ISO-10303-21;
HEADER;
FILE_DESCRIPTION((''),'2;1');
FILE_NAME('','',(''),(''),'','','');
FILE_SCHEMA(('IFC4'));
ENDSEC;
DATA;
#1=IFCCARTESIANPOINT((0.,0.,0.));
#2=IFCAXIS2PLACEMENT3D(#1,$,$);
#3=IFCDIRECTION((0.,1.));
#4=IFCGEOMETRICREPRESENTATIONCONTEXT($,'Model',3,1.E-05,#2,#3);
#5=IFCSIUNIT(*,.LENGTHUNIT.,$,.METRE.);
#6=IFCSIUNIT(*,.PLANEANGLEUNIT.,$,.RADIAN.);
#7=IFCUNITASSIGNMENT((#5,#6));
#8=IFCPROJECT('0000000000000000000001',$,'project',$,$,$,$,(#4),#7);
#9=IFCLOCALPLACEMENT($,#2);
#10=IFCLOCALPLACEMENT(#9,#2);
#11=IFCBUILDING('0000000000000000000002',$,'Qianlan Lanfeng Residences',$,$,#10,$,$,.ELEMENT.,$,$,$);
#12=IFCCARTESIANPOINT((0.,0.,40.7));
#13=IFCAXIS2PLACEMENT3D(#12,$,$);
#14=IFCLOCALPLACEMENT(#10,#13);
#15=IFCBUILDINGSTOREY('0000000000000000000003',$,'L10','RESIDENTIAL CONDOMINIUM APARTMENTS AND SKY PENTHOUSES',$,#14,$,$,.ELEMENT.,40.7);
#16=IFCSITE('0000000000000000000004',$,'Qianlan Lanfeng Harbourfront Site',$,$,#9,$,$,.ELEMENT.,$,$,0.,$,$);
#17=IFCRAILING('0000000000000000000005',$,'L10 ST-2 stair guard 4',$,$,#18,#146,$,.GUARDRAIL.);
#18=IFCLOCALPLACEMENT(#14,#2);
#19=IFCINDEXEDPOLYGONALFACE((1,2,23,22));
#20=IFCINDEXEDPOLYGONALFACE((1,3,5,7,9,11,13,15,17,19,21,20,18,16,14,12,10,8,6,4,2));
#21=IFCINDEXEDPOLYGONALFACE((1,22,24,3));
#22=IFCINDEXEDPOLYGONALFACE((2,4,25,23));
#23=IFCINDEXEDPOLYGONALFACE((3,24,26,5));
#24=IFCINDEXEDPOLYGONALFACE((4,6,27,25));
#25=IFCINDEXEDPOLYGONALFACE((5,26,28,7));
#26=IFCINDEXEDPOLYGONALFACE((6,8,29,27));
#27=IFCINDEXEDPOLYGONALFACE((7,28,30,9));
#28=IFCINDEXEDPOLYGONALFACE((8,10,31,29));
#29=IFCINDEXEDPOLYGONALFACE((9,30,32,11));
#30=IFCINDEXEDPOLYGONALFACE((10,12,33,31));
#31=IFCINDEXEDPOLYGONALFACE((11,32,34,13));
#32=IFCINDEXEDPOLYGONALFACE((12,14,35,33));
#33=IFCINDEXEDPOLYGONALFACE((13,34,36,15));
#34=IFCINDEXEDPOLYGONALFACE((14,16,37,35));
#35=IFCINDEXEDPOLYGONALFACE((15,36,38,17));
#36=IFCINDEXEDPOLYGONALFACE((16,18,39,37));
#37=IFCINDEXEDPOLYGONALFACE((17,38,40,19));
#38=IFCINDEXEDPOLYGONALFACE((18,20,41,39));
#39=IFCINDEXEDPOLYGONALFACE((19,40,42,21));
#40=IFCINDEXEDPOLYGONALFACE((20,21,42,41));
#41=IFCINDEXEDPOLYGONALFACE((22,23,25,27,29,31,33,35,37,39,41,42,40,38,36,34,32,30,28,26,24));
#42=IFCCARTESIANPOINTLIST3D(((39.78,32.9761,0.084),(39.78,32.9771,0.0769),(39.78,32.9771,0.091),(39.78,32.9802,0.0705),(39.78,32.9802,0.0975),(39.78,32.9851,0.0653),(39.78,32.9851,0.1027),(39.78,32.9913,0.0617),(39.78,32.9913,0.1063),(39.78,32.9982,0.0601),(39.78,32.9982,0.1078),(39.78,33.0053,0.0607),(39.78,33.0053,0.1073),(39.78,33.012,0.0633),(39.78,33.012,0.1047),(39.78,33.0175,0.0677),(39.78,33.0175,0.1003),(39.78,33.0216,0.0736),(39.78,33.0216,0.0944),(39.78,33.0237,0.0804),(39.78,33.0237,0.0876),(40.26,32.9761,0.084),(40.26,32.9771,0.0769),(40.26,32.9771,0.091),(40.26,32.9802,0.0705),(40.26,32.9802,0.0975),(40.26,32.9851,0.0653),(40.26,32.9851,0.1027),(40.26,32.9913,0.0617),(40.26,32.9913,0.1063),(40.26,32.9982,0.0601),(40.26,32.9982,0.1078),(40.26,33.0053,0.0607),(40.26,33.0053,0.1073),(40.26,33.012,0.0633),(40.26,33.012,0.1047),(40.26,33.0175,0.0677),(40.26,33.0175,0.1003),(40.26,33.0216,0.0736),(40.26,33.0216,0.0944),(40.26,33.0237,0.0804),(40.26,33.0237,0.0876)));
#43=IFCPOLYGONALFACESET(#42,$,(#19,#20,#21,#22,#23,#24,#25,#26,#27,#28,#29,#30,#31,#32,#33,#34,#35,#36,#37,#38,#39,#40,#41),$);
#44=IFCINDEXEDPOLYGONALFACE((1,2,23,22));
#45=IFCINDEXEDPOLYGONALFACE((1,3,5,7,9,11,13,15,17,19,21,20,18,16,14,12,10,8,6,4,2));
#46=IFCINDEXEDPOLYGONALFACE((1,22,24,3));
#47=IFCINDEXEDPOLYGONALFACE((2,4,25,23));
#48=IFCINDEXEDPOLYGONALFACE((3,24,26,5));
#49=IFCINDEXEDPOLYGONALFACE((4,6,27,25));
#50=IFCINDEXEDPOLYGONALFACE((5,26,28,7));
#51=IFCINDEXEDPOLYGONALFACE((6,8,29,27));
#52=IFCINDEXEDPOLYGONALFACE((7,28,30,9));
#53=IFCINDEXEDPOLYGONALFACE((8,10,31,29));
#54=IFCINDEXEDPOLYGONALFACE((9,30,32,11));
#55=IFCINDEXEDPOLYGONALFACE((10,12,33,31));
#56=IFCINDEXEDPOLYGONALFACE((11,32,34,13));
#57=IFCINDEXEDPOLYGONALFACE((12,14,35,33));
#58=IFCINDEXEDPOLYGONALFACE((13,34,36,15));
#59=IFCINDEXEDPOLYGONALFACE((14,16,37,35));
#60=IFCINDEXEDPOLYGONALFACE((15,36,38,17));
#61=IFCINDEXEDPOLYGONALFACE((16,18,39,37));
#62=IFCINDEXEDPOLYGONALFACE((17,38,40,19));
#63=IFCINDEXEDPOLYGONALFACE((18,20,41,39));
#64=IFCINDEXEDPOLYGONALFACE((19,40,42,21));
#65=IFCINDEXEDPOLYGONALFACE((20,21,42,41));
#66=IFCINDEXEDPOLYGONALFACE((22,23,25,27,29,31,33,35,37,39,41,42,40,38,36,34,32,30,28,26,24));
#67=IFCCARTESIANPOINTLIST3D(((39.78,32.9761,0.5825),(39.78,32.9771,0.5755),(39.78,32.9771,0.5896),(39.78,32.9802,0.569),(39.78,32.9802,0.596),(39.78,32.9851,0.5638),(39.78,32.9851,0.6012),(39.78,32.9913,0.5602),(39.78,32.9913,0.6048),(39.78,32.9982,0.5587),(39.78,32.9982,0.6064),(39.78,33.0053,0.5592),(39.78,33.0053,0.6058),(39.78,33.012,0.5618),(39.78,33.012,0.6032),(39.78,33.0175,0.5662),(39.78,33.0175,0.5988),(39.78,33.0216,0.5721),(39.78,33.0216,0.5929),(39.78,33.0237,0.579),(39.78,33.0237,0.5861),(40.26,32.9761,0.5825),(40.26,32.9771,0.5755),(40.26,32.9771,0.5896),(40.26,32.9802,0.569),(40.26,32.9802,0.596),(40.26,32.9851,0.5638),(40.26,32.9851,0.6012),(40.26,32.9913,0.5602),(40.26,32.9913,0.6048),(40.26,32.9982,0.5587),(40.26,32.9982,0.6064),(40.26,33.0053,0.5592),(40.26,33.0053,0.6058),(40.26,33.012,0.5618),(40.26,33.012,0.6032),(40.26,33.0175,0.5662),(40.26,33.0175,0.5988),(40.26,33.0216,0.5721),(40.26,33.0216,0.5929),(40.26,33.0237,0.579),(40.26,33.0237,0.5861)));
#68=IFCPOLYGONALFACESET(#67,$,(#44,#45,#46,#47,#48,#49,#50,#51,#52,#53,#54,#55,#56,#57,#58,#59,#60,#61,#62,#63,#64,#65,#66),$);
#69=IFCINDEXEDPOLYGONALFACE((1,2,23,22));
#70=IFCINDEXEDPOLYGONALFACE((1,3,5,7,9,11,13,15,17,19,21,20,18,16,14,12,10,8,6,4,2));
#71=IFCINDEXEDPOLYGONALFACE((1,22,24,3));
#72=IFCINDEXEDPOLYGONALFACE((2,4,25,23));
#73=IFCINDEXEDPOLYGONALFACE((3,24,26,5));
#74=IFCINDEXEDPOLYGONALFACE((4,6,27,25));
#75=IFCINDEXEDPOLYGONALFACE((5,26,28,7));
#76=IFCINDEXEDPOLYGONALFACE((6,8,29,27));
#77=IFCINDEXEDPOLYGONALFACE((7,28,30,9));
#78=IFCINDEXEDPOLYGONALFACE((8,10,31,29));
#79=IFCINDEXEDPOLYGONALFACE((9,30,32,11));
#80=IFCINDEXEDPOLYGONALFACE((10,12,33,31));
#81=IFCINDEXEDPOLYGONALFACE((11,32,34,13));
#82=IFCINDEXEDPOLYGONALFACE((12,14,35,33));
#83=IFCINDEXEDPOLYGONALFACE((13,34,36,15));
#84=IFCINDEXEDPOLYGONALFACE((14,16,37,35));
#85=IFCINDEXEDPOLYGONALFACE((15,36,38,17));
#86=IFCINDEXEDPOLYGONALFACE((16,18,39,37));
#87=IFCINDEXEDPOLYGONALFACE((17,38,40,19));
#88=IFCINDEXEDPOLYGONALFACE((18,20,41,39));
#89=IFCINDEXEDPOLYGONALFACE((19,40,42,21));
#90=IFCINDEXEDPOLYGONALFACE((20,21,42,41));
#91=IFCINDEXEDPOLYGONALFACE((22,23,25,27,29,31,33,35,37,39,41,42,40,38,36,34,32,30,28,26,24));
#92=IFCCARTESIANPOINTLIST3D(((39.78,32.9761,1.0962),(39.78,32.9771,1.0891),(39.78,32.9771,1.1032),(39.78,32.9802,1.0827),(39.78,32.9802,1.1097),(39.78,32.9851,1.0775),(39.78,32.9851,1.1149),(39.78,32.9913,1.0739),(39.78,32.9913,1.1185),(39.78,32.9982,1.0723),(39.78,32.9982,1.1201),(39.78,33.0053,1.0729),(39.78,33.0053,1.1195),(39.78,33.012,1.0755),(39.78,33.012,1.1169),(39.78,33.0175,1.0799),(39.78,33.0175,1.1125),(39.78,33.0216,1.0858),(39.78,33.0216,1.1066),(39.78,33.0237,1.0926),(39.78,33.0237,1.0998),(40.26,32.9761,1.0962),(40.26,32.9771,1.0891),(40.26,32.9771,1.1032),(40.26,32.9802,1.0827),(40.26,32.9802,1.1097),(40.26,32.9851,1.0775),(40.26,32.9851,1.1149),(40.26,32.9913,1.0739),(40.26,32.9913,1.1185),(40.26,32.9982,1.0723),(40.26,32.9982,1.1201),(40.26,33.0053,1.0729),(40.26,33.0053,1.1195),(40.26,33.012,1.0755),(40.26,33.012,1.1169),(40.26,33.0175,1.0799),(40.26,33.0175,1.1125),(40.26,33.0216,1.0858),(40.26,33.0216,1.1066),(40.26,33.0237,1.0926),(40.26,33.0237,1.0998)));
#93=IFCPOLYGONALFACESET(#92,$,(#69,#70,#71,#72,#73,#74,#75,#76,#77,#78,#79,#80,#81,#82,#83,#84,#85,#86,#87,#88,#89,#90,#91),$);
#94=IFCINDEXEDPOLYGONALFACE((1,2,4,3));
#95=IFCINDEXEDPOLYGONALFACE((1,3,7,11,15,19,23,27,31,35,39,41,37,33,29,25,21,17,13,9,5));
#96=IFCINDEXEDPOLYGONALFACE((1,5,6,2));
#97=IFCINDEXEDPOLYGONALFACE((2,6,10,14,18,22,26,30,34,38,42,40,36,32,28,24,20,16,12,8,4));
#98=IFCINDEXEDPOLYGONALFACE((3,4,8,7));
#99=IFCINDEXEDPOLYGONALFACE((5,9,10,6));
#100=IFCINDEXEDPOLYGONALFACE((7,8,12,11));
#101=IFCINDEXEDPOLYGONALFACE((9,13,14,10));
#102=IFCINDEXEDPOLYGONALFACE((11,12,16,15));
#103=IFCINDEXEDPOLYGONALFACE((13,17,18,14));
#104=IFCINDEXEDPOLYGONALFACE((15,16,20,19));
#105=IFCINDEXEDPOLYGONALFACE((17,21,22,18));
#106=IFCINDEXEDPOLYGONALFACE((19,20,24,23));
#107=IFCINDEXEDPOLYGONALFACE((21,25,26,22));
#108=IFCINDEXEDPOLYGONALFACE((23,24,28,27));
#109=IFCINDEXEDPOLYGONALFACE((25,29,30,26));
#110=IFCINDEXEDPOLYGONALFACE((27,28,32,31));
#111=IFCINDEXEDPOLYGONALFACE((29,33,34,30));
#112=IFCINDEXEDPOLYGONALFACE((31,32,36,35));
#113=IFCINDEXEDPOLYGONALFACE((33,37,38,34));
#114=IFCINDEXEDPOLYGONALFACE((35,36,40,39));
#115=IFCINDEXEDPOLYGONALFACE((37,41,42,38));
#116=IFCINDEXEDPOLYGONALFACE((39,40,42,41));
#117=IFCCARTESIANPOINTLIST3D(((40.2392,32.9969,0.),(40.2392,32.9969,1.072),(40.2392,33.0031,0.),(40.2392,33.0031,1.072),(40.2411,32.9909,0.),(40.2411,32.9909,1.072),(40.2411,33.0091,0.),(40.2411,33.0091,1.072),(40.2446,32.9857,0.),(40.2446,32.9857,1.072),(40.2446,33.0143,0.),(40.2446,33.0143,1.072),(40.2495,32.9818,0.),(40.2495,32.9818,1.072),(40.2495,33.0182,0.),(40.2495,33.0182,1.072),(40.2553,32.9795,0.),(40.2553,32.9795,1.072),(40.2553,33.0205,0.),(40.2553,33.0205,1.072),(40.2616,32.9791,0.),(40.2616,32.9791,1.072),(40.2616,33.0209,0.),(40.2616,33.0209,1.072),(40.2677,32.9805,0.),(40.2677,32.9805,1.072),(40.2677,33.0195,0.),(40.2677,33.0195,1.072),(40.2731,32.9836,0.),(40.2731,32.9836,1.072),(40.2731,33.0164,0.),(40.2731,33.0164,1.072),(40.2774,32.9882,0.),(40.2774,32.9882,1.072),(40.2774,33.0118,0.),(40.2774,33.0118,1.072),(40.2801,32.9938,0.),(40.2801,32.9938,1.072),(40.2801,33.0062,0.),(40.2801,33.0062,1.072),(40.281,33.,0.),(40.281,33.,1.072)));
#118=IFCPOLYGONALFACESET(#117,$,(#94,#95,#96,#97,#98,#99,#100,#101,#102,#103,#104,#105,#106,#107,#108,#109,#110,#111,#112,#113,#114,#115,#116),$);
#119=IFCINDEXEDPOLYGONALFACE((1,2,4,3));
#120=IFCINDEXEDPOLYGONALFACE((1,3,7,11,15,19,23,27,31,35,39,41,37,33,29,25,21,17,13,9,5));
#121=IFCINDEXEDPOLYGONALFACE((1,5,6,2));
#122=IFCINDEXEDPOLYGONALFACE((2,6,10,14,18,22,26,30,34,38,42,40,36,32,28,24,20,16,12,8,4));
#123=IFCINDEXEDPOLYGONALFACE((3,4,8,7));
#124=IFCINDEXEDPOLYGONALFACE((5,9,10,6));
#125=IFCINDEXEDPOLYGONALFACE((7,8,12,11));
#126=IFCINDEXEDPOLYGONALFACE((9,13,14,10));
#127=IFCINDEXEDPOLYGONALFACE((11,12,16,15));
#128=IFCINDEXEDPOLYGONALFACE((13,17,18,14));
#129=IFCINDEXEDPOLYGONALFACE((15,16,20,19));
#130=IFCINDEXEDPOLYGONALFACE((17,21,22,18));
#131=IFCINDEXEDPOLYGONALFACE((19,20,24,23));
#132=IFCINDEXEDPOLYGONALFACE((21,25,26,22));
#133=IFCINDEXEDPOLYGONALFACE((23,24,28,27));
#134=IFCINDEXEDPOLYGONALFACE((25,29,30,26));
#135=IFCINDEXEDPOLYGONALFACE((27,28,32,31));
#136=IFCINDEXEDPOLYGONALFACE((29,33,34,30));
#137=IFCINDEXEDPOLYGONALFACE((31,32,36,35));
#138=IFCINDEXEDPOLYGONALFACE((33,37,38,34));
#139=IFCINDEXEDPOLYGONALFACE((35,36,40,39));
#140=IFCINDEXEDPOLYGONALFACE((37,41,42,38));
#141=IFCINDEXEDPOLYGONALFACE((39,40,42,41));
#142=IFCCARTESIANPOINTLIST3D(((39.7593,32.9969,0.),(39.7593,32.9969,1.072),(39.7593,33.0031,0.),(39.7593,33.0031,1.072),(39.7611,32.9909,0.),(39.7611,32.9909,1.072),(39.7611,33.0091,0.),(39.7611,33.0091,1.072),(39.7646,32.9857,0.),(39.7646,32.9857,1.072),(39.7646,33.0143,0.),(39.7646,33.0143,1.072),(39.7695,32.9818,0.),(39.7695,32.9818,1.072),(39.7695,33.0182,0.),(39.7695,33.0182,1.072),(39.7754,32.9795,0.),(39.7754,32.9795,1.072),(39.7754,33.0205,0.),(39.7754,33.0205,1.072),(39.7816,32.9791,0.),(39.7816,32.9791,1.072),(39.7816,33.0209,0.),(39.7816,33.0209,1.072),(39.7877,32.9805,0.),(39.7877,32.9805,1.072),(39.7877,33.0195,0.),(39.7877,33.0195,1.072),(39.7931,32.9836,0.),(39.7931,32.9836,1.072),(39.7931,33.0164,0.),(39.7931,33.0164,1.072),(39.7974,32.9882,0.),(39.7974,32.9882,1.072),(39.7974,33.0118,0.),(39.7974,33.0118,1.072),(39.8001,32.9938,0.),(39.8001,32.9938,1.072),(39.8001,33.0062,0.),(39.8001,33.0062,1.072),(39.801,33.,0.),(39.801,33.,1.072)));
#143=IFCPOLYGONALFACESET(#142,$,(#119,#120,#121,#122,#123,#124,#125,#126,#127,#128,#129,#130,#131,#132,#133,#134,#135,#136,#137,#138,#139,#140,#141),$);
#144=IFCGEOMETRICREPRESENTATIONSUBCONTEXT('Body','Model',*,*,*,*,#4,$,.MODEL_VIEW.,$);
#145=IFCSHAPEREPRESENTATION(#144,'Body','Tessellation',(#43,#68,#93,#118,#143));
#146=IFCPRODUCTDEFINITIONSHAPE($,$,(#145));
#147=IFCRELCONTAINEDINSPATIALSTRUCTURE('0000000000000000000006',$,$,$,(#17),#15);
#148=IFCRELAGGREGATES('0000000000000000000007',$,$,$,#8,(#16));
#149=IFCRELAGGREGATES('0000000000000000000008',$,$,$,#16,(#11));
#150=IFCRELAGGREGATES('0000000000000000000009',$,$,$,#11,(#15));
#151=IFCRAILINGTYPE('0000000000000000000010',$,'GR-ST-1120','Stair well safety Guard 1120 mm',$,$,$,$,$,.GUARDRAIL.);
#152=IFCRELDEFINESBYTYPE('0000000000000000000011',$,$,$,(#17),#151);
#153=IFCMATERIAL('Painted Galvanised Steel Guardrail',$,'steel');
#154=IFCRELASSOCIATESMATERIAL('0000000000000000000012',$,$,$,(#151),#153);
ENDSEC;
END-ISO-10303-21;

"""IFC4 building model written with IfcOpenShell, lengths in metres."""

from ifc_helpers import new_model, si_unit, direction, frame, origin, origin_2d, place, context, subcontext, project, spatial, circle, extrude, material, type_object, element, save


model = new_model("IFC4")

# Units and contexts
model_context = context("Model", 3, precision=1e-05, world=origin(), true_north=direction((0.0, 1.0)))
body_context = subcontext(model_context, "Body", "Model", "MODEL_VIEW")
ifc_project = project(units=[si_unit("LENGTHUNIT", "METRE"), si_unit("PLANEANGLEUNIT", "RADIAN")], contexts=[model_context])

# Site, building, storey
site_placement = place(None, origin())
site = spatial("IfcSite", under=ifc_project, at=site_placement, Name="Qianlan Lanfeng Harbourfront Site", CompositionType="ELEMENT", RefElevation=0.0)
building_placement = place(site_placement, origin())
building = spatial("IfcBuilding", under=site, at=building_placement, Name="Qianlan Lanfeng Residences", CompositionType="ELEMENT")
storey_placement = place(building_placement, frame((0.0, 0.0, 40.7)))
storey = spatial("IfcBuildingStorey", under=building, at=storey_placement, Name="L10", Description="RESIDENTIAL CONDOMINIUM APARTMENTS AND SKY PENTHOUSES", CompositionType="ELEMENT", Elevation=40.7)

# Railing
ifc_material_1 = material(Name="Painted Galvanised Steel Guardrail", Category="steel")
railing_type_1 = type_object("IfcRailingType", Name="GR-ST-1120", Description="Stair well safety Guard 1120 mm", PredefinedType="GUARDRAIL", material=ifc_material_1)
railing_1_placement = place(storey_placement, frame((40.26, 33.0, 0.0)))
element("IfcRailing", 1, at=railing_1_placement, inside=storey, type_object=railing_type_1, Name="L10 ST-2 stair guard 4", PredefinedType="GUARDRAIL", context=body_context, shape_type="SweptSolid", body=[
    extrude(circle(Radius=0.0239, at=origin_2d()), frame((0.0, 0.0, 0.084), z_axis=(-1.0, 0.0, 0.0), x_axis=(0.0, -1.0, 0.0)), (0.0, 0.0, 1.0), 0.48),
    extrude(circle(Radius=0.0239, at=origin_2d()), frame((0.0, 0.0, 0.5825), z_axis=(-1.0, 0.0, 0.0), x_axis=(0.0, -1.0, 0.0)), (0.0, 0.0, 1.0), 0.48),
    extrude(circle(Radius=0.0239, at=origin_2d()), frame((0.0, 0.0, 1.0962), z_axis=(-1.0, 0.0, 0.0), x_axis=(0.0, -1.0, 0.0)), (0.0, 0.0, 1.0), 0.48),
    extrude(circle(Radius=0.021, at=origin_2d()), origin(), (0.0, 0.0, 1.0), 1.072),
    extrude(circle(Radius=0.021, at=origin_2d()), frame((-0.48, 0.0, 0.0)), (0.0, 0.0, 1.0), 1.072),
])

save(model, "model.ifc")
